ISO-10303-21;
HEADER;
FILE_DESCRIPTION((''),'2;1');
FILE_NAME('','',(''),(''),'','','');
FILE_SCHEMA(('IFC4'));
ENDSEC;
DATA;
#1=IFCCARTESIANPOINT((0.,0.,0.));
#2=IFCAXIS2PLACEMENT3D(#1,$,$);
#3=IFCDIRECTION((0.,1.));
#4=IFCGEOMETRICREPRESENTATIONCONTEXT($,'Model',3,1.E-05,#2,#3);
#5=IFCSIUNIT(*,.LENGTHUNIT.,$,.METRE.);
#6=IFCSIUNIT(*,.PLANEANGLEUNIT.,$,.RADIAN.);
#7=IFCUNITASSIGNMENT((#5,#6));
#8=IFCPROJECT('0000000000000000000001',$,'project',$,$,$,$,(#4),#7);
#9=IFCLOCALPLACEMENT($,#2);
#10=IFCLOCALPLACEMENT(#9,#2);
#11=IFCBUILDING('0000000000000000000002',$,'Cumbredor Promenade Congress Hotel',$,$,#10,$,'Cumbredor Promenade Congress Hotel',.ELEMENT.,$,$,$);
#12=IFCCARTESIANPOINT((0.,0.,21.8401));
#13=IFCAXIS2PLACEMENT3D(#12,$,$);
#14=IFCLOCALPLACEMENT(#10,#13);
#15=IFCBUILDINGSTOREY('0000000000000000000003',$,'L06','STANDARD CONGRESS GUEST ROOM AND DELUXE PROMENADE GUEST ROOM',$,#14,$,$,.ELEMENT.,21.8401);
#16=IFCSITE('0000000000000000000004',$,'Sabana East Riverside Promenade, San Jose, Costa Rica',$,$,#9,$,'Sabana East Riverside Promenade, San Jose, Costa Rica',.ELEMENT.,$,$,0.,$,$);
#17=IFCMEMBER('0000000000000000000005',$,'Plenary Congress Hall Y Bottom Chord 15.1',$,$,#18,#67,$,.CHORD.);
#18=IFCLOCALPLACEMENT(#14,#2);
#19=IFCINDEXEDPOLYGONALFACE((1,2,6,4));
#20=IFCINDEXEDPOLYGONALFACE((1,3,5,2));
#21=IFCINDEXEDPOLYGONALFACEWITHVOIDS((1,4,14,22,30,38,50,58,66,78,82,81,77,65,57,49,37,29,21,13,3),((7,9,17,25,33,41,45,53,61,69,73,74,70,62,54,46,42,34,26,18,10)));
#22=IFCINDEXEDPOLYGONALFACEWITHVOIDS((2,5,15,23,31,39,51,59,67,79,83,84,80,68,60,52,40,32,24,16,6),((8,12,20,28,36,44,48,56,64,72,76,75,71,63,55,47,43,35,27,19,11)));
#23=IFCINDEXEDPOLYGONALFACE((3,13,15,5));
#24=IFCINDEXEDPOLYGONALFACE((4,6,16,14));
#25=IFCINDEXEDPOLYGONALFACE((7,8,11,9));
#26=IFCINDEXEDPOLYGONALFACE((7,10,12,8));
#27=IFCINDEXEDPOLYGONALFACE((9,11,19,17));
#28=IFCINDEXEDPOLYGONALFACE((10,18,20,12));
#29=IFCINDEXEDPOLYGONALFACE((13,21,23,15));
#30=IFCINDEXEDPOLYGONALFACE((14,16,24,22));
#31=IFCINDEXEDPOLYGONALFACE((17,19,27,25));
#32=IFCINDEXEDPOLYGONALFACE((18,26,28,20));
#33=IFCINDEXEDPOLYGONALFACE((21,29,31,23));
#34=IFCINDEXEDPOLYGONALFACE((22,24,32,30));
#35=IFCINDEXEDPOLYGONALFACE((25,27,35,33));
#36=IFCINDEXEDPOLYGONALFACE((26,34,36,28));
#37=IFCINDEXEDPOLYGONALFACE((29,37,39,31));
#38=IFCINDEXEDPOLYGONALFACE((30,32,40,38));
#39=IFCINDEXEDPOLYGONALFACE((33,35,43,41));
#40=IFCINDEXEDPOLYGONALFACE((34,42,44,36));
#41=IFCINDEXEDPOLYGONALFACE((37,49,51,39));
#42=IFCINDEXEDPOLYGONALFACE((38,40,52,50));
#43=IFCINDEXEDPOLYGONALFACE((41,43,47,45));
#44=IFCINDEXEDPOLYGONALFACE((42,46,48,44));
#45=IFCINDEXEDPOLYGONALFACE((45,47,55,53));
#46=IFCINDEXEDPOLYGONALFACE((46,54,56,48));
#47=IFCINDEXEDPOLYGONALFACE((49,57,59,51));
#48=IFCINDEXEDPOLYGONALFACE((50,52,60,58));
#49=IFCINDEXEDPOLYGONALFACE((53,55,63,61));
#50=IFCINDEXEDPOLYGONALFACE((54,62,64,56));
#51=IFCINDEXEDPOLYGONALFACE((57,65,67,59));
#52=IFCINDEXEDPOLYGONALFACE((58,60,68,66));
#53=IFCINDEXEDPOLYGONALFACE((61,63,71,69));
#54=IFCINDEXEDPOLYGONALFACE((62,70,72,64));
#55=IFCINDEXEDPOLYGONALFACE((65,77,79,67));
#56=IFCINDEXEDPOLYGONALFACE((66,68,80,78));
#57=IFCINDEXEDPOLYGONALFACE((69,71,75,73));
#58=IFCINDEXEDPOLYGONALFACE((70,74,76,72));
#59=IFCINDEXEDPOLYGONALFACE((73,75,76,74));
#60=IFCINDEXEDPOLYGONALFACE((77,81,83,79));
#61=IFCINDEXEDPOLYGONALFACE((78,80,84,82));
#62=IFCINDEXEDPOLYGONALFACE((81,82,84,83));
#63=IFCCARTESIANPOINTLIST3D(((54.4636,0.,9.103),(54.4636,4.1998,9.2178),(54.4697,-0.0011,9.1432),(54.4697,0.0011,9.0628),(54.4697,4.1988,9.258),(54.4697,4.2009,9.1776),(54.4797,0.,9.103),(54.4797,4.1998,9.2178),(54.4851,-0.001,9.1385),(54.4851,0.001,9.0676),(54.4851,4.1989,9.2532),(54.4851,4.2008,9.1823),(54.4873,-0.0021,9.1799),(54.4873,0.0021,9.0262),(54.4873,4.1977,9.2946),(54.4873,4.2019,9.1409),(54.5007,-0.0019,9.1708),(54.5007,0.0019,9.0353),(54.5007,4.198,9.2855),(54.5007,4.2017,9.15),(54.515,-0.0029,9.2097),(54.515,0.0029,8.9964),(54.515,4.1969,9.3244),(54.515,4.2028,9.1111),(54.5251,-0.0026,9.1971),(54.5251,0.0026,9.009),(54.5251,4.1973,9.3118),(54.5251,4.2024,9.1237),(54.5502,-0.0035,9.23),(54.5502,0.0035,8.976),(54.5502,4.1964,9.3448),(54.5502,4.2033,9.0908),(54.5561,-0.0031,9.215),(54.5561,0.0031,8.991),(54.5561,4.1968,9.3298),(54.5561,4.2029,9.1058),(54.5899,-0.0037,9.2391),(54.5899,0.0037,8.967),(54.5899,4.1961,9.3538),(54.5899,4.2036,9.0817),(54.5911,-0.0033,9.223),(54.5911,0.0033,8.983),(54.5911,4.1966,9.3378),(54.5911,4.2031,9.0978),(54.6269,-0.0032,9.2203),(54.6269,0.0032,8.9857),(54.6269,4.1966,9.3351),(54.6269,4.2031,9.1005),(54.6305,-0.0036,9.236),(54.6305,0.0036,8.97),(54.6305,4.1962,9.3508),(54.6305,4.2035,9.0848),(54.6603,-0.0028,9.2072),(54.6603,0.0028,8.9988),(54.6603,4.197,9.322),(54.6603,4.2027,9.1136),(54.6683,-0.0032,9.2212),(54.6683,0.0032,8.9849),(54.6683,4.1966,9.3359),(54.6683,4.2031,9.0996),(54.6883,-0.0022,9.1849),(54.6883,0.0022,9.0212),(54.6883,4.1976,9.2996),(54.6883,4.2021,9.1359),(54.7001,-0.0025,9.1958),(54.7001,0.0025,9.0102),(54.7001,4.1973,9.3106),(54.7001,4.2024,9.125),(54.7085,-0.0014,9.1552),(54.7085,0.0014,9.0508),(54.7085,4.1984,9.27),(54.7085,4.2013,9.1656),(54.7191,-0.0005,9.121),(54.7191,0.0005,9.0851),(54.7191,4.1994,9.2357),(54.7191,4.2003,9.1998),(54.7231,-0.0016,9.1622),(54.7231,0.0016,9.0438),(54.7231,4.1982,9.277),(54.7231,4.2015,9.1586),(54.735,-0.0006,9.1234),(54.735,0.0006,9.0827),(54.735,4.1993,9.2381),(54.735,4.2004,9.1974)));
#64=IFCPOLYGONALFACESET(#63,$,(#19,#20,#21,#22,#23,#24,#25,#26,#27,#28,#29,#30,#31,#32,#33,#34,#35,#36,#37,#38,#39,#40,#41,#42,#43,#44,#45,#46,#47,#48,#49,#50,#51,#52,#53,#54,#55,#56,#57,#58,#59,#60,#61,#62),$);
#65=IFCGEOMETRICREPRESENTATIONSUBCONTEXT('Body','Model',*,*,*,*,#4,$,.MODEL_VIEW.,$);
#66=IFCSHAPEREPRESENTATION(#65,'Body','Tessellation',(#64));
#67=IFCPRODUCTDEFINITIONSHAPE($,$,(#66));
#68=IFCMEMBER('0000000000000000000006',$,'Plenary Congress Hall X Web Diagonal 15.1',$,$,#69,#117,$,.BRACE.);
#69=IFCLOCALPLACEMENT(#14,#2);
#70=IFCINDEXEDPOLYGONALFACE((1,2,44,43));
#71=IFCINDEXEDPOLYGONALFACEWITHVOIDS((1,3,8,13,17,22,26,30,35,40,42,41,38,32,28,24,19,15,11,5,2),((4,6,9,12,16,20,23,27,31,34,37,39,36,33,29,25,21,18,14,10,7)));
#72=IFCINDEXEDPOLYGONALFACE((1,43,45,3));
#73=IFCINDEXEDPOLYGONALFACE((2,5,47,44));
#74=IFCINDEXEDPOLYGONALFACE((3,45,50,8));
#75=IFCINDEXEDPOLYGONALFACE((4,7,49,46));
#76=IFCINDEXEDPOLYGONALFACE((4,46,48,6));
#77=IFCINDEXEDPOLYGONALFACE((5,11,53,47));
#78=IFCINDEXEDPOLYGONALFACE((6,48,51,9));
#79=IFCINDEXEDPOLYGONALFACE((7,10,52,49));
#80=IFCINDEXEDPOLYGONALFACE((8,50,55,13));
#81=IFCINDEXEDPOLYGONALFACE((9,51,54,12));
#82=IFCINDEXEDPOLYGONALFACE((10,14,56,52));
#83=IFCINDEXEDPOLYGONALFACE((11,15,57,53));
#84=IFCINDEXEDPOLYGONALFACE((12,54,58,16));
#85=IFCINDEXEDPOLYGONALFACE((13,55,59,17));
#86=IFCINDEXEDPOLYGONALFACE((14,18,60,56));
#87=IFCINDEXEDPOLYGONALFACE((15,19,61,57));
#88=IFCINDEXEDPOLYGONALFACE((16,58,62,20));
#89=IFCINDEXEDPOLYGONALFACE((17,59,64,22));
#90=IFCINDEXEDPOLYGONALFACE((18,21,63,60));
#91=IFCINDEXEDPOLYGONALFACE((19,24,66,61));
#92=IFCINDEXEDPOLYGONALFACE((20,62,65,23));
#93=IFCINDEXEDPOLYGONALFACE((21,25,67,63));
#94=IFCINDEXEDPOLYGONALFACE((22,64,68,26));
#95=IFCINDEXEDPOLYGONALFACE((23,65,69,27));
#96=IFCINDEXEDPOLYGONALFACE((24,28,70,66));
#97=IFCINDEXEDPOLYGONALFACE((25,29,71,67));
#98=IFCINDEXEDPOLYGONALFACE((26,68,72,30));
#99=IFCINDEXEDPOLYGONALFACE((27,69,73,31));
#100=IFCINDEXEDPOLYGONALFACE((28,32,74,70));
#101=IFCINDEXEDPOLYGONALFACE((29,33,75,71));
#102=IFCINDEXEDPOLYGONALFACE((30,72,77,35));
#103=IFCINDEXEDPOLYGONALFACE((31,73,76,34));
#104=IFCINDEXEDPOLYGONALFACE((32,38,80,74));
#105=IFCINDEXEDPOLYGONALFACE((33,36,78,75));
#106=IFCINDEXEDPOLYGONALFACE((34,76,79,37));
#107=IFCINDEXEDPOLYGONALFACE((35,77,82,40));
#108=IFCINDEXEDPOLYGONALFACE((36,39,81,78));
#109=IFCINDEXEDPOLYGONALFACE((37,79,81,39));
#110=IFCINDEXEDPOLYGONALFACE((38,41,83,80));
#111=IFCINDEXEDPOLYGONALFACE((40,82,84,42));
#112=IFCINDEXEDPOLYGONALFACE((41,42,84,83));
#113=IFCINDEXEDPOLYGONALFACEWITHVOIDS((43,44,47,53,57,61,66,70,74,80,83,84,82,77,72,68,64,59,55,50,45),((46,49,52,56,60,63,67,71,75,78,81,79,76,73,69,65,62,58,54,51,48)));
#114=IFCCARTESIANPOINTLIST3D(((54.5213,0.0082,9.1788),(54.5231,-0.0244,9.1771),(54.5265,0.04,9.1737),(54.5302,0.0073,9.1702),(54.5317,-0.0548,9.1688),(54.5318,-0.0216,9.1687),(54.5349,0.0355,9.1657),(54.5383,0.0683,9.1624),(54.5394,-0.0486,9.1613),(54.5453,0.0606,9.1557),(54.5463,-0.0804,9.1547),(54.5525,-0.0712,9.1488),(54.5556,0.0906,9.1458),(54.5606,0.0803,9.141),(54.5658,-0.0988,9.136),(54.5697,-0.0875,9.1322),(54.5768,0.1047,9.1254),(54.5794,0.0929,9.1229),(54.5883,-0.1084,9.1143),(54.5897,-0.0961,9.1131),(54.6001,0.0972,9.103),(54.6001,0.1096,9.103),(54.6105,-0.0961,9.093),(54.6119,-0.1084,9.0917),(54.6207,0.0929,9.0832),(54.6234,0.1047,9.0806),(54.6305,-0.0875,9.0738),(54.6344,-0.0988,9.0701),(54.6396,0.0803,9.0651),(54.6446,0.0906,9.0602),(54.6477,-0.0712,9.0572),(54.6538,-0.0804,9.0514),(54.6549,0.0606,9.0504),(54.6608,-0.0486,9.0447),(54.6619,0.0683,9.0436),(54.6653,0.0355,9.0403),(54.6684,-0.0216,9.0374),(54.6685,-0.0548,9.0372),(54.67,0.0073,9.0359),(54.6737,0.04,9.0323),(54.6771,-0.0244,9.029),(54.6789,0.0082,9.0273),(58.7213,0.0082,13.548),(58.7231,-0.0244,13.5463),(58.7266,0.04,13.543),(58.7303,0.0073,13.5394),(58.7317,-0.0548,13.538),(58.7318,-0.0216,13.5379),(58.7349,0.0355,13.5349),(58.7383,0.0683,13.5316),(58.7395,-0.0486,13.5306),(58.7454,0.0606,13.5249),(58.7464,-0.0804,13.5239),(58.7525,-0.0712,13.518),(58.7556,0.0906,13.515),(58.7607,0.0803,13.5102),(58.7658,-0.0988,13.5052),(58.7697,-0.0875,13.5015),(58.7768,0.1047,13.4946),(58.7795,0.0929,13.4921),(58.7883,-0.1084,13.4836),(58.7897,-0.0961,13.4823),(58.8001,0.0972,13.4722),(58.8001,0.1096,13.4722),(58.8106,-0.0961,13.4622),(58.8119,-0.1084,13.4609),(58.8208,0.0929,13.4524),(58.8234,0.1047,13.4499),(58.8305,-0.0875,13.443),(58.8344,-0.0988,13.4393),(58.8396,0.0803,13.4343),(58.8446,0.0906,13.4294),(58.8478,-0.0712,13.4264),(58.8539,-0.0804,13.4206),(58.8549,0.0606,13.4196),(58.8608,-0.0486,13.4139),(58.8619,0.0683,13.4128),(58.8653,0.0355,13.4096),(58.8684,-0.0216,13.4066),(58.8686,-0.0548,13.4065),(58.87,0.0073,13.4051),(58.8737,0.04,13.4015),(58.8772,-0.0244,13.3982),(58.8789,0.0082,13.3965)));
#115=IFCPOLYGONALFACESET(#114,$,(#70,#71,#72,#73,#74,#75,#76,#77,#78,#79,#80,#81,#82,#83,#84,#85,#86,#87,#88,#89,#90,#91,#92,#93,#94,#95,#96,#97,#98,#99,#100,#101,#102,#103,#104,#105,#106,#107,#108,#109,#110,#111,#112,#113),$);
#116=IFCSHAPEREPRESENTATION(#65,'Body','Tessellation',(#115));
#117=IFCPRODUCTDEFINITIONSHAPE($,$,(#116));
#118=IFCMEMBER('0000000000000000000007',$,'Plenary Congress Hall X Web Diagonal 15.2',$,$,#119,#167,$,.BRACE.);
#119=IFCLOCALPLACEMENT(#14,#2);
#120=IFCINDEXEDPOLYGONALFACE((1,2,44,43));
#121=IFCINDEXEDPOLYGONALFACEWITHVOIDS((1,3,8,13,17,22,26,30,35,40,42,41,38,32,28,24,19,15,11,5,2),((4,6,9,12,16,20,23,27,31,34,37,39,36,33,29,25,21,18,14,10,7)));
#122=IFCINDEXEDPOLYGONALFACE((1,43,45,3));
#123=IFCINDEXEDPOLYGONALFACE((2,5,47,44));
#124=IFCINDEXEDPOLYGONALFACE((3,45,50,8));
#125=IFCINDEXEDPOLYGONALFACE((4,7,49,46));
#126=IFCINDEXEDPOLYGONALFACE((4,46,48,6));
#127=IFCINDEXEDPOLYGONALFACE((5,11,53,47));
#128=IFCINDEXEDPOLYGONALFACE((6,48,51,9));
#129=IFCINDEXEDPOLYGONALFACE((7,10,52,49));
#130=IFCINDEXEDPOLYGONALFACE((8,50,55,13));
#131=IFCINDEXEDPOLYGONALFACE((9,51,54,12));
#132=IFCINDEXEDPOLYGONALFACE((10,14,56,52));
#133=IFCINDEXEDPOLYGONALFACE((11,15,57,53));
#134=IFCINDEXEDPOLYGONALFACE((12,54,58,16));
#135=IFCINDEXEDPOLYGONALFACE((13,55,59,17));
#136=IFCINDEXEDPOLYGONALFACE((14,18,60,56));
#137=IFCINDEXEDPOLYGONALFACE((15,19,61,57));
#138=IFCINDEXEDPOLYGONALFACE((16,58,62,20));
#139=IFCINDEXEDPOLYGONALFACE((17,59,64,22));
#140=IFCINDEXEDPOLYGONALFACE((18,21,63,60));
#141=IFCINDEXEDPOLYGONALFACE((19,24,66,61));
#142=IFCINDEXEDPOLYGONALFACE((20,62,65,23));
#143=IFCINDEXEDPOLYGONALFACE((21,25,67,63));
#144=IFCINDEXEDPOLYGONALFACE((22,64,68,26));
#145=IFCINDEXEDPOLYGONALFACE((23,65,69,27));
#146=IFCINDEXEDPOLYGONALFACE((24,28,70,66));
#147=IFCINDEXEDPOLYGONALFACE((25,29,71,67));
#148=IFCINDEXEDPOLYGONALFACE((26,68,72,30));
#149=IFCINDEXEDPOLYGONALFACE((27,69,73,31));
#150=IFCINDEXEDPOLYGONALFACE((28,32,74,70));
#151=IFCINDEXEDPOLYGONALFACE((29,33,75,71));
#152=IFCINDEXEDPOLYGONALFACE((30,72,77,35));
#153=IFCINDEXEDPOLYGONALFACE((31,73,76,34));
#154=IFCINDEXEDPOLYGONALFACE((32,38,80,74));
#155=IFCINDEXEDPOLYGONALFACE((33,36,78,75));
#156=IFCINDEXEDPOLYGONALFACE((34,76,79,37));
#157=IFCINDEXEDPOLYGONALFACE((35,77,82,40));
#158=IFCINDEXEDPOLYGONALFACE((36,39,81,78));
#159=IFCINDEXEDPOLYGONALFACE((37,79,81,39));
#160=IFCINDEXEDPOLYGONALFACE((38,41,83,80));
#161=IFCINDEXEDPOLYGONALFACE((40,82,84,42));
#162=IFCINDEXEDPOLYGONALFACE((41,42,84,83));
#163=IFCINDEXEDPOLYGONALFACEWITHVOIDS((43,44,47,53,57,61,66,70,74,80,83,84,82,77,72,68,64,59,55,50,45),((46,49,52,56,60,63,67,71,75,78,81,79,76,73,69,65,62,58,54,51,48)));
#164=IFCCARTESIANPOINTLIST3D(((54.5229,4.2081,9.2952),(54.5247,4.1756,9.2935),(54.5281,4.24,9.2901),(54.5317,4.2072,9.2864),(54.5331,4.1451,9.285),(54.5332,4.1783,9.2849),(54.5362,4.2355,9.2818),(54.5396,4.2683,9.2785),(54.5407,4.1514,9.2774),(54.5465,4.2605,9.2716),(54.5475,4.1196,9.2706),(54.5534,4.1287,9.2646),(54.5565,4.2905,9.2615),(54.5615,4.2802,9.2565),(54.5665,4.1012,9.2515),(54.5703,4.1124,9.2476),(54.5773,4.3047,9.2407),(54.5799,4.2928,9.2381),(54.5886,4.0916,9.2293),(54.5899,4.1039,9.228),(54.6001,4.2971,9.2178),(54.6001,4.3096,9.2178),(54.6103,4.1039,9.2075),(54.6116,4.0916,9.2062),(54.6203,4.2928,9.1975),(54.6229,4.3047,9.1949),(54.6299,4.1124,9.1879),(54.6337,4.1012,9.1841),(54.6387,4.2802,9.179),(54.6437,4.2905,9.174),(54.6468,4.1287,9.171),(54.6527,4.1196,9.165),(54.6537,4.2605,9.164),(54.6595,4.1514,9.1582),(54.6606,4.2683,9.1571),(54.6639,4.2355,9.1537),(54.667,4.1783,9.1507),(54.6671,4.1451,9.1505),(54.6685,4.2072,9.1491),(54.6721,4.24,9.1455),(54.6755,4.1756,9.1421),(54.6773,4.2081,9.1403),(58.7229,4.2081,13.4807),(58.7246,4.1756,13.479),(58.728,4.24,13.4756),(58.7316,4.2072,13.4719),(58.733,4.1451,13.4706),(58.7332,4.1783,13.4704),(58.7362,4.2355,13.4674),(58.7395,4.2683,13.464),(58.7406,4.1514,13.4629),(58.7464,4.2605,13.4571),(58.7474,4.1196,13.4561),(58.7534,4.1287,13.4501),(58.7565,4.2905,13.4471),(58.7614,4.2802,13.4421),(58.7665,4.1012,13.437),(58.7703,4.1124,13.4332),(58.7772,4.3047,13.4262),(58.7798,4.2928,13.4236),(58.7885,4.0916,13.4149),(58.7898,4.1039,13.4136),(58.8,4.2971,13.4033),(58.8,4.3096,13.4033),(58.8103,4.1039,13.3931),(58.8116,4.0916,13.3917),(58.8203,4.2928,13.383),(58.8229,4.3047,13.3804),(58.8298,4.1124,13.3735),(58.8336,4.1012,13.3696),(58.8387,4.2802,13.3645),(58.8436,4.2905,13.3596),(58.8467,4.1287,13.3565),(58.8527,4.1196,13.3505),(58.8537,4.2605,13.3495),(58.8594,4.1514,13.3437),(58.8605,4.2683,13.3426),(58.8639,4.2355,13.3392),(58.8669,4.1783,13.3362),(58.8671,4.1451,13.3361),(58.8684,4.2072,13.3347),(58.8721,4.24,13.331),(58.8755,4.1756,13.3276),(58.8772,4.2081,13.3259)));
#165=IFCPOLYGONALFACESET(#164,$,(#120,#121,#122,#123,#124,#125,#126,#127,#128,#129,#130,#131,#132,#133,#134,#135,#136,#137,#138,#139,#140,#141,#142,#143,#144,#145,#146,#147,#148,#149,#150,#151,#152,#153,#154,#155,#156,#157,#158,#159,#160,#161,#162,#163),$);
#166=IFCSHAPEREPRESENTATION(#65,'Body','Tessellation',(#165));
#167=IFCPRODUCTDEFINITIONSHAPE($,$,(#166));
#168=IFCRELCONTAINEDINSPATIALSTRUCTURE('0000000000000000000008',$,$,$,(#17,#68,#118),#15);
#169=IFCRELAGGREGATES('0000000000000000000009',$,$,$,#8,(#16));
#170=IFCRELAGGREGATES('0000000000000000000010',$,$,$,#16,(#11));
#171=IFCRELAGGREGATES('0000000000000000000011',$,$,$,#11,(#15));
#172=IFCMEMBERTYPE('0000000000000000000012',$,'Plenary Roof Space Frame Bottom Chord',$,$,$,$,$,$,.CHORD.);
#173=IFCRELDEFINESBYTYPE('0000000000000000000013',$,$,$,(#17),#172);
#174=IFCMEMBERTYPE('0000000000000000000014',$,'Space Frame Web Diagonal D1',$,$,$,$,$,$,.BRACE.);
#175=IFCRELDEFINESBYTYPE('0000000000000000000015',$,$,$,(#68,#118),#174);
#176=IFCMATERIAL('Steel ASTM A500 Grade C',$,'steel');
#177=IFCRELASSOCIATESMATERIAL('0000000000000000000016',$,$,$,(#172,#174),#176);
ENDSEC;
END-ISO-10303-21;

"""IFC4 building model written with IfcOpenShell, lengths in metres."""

from ifc_helpers import new_model, si_unit, direction, frame, origin, origin_2d, place, context, subcontext, project, spatial, hollow_circle, extrude, material, material_profile, profile_set, type_object, element, save


model = new_model("IFC4")

# Units and contexts
model_context = context("Model", 3, precision=1e-05, world=origin(), true_north=direction((0.0, 1.0)))
body_context = subcontext(model_context, "Body", "Model", "MODEL_VIEW")
ifc_project = project(units=[si_unit("LENGTHUNIT", "METRE"), si_unit("PLANEANGLEUNIT", "RADIAN")], contexts=[model_context])

# Site, building, storey
site_placement = place(None, origin())
site = spatial("IfcSite", under=ifc_project, at=site_placement, Name="Sabana East Riverside Promenade, San Jose, Costa Rica", LongName="Sabana East Riverside Promenade, San Jose, Costa Rica", CompositionType="ELEMENT", RefElevation=0.0)
building_placement = place(site_placement, origin())
building = spatial("IfcBuilding", under=site, at=building_placement, Name="Cumbredor Promenade Congress Hotel", LongName="Cumbredor Promenade Congress Hotel", CompositionType="ELEMENT")
storey_placement = place(building_placement, frame((0.0, 0.0, 21.8401)))
storey = spatial("IfcBuildingStorey", under=building, at=storey_placement, Name="L06", Description="STANDARD CONGRESS GUEST ROOM AND DELUXE PROMENADE GUEST ROOM", CompositionType="ELEMENT", Elevation=21.8401)

# Members
ifc_material_1 = material(Name="Steel ASTM A500 Grade C", Category="steel")
ifc_material_profile_1 = material_profile(ifc_material_1, hollow_circle(Radius=0.1365, WallThickness=0.0161, at=origin_2d()), Name="CHS 273.0x16")
ifc_profile_set_1 = profile_set([ifc_material_profile_1], Name="Steel ASTM A500 Grade C")
member_type_1 = type_object("IfcMemberType", Name="Plenary Roof Space Frame Bottom Chord", PredefinedType="CHORD", material=ifc_profile_set_1)
member_1_placement = place(storey_placement, frame((54.6001, 0.0, 9.103), z_axis=(0.0, 0.999627, 0.027311), x_axis=(-1.0, 0.0, 0.0)))
element("IfcMember", 1, at=member_1_placement, inside=storey, type_object=member_type_1, Name="Plenary Congress Hall Y Bottom Chord 15.1", PredefinedType="CHORD", context=body_context, shape_type="SweptSolid", body=[
    extrude(hollow_circle(Radius=0.1365, WallThickness=0.0161, at=origin_2d()), origin(), (0.0, 0.0, 1.0), 4.2014),
])
ifc_material_profile_2 = material_profile(ifc_material_1, hollow_circle(Radius=0.1096, WallThickness=0.0125, at=origin_2d()), Name="CHS 219.1x12.5")
ifc_profile_set_2 = profile_set([ifc_material_profile_2], Name="Steel ASTM A500 Grade C")
member_type_2 = type_object("IfcMemberType", Name="Space Frame Web Diagonal D1", PredefinedType="BRACE", material=ifc_profile_set_2)
member_2_placement = place(storey_placement, frame((54.6001, 0.0, 9.103), z_axis=(0.69301, 0.0, 0.720927), x_axis=(0.0, 1.0, 0.0)))
element("IfcMember", 2, at=member_2_placement, inside=storey, type_object=member_type_2, Name="Plenary Congress Hall X Web Diagonal 15.1", PredefinedType="BRACE", context=body_context, shape_type="SweptSolid", body=[
    extrude(hollow_circle(Radius=0.1096, WallThickness=0.0125, at=origin_2d()), origin(), (0.0, 0.0, 1.0), 6.0605),
])
member_3_placement = place(storey_placement, frame((54.6001, 4.2, 9.2178), z_axis=(0.70832, 0.0, 0.705891), x_axis=(0.0, 1.0, 0.0)))
element("IfcMember", 3, at=member_3_placement, inside=storey, type_object=member_type_2, Name="Plenary Congress Hall X Web Diagonal 15.2", PredefinedType="BRACE", context=body_context, shape_type="SweptSolid", body=[
    extrude(hollow_circle(Radius=0.1096, WallThickness=0.0125, at=origin_2d()), origin(), (0.0, 0.0, 1.0), 5.9294),
])

save(model, "model.ifc")
